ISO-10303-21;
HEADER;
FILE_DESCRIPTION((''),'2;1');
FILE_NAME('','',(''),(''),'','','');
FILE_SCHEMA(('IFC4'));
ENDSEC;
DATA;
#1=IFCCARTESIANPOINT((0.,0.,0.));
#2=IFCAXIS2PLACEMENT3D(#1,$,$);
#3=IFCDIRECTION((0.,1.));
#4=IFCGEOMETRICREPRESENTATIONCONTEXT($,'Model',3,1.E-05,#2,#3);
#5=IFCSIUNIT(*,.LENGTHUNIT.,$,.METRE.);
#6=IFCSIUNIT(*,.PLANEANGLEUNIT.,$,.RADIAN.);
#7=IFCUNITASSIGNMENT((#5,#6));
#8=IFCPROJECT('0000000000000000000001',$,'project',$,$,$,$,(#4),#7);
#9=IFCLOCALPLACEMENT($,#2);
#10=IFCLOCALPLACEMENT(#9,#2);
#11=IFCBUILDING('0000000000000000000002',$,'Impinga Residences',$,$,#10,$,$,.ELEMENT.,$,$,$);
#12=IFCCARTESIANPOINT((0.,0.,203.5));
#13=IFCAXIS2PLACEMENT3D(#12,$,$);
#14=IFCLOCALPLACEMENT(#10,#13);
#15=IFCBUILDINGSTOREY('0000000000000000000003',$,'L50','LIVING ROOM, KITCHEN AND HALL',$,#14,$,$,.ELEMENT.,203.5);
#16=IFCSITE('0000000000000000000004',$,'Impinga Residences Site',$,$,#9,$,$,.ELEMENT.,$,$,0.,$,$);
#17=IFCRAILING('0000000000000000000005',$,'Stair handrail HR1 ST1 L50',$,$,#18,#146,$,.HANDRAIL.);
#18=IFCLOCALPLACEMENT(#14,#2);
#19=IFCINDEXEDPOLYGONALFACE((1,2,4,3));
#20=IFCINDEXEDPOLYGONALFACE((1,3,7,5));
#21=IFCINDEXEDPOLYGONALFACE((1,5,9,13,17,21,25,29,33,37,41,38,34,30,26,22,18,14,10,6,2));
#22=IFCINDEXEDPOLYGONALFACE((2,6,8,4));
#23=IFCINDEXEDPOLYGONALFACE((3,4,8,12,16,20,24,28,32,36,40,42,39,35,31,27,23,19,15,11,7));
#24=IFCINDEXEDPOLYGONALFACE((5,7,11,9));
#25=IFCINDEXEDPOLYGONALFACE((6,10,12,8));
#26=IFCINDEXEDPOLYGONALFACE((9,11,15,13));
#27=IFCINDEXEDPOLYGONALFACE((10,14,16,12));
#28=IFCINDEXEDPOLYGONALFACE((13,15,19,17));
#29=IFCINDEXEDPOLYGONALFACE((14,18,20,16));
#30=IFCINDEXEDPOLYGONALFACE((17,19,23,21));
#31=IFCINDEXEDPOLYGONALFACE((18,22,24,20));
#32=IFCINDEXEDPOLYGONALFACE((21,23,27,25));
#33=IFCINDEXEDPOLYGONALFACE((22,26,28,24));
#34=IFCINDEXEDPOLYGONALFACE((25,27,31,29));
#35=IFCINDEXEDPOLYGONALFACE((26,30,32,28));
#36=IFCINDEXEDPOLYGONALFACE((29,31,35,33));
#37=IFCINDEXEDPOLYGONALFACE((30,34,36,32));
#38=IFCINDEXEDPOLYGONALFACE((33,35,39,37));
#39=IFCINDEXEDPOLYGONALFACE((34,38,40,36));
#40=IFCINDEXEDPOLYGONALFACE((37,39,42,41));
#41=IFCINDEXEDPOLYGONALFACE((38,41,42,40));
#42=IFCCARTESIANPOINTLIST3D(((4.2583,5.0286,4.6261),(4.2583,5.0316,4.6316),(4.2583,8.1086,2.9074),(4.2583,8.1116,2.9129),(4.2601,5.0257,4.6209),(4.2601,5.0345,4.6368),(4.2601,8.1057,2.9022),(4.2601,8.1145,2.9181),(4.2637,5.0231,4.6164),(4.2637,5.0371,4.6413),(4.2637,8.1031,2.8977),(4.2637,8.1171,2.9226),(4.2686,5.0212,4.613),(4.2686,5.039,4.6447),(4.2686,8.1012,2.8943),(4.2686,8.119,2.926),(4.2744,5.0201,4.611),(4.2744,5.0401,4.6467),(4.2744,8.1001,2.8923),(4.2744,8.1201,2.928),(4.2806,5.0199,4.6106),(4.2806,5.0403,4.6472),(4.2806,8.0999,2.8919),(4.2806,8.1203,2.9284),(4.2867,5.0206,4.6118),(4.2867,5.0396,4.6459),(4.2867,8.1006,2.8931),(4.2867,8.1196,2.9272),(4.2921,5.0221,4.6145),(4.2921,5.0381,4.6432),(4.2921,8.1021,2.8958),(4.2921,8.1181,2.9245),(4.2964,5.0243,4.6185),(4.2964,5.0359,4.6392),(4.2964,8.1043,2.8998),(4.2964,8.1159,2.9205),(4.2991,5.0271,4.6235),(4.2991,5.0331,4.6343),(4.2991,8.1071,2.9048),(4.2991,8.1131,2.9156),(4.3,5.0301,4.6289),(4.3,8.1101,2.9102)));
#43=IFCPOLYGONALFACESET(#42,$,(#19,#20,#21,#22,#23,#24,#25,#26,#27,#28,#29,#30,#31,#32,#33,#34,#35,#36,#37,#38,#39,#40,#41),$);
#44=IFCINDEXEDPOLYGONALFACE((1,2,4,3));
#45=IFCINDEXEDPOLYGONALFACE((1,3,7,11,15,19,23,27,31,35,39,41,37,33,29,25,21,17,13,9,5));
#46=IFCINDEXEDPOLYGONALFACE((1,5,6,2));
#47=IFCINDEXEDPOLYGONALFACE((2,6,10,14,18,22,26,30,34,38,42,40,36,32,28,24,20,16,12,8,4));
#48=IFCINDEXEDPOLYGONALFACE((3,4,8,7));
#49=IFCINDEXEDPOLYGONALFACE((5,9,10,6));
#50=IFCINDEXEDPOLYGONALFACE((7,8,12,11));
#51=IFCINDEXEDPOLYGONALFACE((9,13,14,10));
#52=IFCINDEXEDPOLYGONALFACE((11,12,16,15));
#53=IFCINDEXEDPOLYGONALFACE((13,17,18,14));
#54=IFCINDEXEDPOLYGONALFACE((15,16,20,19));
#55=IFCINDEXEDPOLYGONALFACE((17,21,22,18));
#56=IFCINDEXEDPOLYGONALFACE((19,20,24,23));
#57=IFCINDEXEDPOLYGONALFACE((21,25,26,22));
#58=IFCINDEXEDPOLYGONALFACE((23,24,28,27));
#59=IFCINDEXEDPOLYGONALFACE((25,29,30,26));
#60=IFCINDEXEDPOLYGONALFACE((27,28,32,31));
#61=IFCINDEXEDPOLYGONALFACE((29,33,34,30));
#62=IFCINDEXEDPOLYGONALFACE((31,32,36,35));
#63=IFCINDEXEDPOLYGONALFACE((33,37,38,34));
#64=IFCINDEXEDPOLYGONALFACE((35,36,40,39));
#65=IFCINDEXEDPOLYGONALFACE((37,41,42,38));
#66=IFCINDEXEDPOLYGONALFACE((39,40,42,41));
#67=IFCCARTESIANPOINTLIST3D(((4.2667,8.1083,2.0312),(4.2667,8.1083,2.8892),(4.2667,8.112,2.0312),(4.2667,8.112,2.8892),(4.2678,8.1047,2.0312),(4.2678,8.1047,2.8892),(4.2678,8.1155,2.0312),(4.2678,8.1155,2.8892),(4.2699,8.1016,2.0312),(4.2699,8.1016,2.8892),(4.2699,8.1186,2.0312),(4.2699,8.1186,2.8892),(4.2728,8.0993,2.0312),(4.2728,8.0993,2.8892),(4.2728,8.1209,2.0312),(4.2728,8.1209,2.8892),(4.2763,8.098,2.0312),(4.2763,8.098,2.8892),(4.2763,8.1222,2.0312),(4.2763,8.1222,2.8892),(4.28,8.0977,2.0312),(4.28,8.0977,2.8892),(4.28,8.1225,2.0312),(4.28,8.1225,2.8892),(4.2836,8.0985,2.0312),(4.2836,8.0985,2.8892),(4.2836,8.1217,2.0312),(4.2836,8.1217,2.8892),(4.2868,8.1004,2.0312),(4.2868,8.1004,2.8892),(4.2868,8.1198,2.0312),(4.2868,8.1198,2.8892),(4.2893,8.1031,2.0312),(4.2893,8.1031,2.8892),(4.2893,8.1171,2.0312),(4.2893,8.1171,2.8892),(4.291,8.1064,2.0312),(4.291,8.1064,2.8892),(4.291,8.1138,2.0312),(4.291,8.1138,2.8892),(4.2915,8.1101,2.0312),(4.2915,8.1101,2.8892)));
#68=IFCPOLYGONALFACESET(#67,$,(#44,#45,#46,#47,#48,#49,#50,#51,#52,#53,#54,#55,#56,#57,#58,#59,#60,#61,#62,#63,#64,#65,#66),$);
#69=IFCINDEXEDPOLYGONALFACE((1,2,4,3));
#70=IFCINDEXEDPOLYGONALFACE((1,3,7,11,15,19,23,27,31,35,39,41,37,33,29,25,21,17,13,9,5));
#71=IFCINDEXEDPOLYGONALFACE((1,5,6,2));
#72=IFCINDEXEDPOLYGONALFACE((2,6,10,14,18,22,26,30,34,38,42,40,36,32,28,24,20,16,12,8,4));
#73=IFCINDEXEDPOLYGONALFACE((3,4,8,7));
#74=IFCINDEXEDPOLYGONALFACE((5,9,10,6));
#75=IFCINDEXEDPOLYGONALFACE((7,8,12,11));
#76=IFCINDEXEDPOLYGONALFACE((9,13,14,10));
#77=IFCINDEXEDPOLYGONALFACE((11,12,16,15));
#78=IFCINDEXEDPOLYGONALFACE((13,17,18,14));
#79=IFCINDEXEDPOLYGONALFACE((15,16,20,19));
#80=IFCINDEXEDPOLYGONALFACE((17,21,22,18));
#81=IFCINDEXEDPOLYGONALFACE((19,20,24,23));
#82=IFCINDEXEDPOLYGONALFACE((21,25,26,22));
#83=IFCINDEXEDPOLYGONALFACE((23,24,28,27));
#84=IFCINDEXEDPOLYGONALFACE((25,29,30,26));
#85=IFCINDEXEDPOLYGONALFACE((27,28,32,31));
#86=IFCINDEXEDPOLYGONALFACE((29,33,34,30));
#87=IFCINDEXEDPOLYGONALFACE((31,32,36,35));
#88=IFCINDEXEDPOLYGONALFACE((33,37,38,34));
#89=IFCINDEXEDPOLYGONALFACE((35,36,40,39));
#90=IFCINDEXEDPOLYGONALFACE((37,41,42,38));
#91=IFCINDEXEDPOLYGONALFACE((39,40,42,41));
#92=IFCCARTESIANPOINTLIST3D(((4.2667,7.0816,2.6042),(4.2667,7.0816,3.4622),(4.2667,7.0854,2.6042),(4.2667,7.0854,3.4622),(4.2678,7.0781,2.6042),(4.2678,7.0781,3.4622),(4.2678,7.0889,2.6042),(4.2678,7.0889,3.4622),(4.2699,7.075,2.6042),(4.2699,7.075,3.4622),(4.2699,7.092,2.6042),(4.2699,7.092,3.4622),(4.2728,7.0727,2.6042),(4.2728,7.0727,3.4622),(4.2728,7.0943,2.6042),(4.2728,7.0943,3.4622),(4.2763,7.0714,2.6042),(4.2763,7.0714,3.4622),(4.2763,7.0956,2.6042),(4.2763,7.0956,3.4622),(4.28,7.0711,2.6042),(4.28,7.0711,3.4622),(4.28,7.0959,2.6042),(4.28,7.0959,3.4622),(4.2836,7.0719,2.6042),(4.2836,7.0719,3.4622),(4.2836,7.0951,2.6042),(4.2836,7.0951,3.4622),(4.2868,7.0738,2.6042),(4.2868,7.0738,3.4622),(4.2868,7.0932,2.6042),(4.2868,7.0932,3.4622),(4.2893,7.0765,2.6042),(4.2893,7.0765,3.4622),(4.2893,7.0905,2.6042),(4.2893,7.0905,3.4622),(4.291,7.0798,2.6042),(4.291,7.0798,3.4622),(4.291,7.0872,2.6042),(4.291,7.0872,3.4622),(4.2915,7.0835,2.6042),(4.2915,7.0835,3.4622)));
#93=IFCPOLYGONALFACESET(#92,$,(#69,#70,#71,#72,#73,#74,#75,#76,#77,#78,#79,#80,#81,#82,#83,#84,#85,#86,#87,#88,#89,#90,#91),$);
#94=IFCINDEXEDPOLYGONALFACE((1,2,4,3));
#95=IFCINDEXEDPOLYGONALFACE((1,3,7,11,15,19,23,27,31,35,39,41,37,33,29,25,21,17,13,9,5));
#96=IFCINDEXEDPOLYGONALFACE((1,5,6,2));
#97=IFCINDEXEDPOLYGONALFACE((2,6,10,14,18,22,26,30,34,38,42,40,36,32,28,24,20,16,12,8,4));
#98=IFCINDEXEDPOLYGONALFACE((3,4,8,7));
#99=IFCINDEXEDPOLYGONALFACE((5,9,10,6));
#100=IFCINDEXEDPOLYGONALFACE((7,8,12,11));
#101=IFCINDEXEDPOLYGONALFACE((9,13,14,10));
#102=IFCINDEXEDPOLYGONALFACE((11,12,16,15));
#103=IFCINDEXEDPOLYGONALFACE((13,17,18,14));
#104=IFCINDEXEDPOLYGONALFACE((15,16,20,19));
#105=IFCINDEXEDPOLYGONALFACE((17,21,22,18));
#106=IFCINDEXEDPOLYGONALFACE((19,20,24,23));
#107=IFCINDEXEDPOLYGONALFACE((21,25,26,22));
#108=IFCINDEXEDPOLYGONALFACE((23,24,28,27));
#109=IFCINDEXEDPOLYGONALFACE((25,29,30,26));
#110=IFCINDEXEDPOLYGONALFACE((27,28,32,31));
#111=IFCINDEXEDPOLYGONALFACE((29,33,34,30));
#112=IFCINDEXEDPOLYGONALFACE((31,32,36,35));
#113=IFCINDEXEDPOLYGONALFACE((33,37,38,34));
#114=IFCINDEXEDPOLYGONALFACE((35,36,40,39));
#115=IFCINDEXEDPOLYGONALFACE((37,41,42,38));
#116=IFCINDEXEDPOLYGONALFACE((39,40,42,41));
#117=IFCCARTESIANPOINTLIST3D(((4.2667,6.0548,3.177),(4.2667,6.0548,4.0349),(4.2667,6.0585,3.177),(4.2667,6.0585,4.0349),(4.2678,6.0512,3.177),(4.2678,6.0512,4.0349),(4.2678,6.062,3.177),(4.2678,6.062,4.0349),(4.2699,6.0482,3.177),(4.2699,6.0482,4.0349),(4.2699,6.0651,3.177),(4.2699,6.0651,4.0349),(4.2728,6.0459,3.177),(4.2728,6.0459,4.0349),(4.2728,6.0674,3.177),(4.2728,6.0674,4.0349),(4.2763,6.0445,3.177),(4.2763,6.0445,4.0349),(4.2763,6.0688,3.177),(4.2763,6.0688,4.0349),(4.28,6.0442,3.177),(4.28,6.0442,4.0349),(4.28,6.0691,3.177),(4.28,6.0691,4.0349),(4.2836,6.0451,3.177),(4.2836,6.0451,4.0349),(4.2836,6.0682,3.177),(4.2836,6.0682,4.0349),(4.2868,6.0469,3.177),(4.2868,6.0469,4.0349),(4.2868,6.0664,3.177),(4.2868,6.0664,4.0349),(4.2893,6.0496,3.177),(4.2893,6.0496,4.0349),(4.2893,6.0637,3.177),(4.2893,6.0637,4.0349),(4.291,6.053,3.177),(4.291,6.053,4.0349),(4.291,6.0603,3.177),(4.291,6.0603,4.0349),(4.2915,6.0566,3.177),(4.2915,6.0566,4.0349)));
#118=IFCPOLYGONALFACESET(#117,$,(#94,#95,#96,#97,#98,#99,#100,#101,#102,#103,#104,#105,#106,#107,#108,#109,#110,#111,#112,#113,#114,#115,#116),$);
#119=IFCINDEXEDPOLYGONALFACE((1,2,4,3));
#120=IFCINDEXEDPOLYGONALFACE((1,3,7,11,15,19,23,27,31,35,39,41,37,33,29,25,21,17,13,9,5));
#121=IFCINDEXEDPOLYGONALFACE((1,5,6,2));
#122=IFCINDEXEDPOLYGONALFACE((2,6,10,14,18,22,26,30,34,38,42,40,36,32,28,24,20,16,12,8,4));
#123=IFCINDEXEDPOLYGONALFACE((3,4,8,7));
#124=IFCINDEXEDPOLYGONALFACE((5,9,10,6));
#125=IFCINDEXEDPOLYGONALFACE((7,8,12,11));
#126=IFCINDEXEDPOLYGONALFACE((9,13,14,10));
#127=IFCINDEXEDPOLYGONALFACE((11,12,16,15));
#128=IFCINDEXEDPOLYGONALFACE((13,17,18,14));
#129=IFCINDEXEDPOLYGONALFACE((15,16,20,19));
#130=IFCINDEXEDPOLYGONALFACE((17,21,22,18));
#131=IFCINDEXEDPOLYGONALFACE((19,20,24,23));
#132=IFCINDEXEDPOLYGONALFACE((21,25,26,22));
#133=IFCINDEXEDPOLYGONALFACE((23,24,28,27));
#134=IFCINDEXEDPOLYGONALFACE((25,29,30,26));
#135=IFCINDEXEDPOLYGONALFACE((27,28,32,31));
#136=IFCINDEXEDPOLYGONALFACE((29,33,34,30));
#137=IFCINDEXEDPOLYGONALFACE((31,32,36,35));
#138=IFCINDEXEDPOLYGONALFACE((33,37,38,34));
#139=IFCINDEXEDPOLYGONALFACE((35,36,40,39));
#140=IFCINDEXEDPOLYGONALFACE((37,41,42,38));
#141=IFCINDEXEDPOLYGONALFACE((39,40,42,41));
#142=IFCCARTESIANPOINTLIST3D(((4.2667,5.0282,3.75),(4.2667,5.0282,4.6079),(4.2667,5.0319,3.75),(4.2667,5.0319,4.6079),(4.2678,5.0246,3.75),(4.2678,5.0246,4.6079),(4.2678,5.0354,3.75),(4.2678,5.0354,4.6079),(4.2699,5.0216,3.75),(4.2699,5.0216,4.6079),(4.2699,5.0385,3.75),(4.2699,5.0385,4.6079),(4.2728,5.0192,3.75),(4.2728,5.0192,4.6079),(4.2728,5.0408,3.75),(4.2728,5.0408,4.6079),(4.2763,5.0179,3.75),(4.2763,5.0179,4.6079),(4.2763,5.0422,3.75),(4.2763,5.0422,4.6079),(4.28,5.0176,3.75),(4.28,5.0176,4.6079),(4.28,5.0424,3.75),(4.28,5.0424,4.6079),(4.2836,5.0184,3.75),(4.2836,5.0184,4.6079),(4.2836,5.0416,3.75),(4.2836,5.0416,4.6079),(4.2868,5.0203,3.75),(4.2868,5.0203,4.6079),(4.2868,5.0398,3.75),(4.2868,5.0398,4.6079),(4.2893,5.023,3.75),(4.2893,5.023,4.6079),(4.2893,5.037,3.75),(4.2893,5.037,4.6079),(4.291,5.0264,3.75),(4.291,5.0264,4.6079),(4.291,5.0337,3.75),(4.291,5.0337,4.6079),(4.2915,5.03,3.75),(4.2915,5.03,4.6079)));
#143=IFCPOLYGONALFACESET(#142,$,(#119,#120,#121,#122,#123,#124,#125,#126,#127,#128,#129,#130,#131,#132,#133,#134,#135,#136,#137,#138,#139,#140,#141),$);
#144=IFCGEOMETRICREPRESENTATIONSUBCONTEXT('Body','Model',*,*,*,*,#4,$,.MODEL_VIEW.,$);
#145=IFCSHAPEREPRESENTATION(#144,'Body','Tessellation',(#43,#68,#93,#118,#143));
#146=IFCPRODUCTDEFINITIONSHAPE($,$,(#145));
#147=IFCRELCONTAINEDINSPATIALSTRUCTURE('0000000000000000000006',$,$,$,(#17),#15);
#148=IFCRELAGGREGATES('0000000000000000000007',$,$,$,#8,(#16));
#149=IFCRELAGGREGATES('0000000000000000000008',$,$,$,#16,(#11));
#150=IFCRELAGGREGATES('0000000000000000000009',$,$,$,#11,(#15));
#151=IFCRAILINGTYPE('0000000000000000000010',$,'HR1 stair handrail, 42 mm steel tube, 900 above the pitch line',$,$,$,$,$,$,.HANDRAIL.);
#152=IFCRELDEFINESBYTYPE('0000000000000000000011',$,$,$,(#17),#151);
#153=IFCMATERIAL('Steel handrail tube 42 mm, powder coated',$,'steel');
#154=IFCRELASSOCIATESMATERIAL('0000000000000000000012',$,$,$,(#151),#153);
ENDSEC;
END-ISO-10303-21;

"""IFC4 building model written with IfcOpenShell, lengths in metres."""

from ifc_helpers import new_model, si_unit, direction, frame, origin, origin_2d, place, context, subcontext, project, spatial, circle, extrude, material, type_object, element, save


model = new_model("IFC4")

# Units and contexts
model_context = context("Model", 3, precision=1e-05, world=origin(), true_north=direction((0.0, 1.0)))
body_context = subcontext(model_context, "Body", "Model", "MODEL_VIEW")
ifc_project = project(units=[si_unit("LENGTHUNIT", "METRE"), si_unit("PLANEANGLEUNIT", "RADIAN")], contexts=[model_context])

# Site, building, storey
site_placement = place(None, origin())
site = spatial("IfcSite", under=ifc_project, at=site_placement, Name="Impinga Residences Site", CompositionType="ELEMENT", RefElevation=0.0)
building_placement = place(site_placement, origin())
building = spatial("IfcBuilding", under=site, at=building_placement, Name="Impinga Residences", CompositionType="ELEMENT")
storey_placement = place(building_placement, frame((0.0, 0.0, 203.5)))
storey = spatial("IfcBuildingStorey", under=building, at=storey_placement, Name="L50", Description="LIVING ROOM, KITCHEN AND HALL", CompositionType="ELEMENT", Elevation=203.5)

# Railing
ifc_material_1 = material(Name="Steel handrail tube 42 mm, powder coated", Category="steel")
railing_type_1 = type_object("IfcRailingType", Name="HR1 stair handrail, 42 mm steel tube, 900 above the pitch line", PredefinedType="HANDRAIL", material=ifc_material_1)
railing_1_placement = place(storey_placement, frame((4.2791, 8.1101, 2.0312)))
element("IfcRailing", 1, at=railing_1_placement, inside=storey, type_object=railing_type_1, Name="Stair handrail HR1 ST1 L50", PredefinedType="HANDRAIL", context=body_context, shape_type="SweptSolid", body=[
    extrude(circle(Radius=0.021, at=origin_2d()), frame((0.0, 0.0, 0.8789), z_axis=(0.0, -0.873242, 0.487288), x_axis=(1.0, 0.0, 0.0)), (0.0, 0.0, 1.0), 3.5271),
    extrude(circle(Radius=0.0125, at=origin_2d()), origin(), (0.0, 0.0, 1.0), 0.8579),
    extrude(circle(Radius=0.0125, at=origin_2d()), frame((0.0, -1.0266, 0.573)), (0.0, 0.0, 1.0), 0.8579),
    extrude(circle(Radius=0.0125, at=origin_2d()), frame((0.0, -2.0535, 1.1458)), (0.0, 0.0, 1.0), 0.8579),
    extrude(circle(Radius=0.0125, at=origin_2d()), frame((0.0, -3.0801, 1.7188)), (0.0, 0.0, 1.0), 0.8579),
])

save(model, "model.ifc")
